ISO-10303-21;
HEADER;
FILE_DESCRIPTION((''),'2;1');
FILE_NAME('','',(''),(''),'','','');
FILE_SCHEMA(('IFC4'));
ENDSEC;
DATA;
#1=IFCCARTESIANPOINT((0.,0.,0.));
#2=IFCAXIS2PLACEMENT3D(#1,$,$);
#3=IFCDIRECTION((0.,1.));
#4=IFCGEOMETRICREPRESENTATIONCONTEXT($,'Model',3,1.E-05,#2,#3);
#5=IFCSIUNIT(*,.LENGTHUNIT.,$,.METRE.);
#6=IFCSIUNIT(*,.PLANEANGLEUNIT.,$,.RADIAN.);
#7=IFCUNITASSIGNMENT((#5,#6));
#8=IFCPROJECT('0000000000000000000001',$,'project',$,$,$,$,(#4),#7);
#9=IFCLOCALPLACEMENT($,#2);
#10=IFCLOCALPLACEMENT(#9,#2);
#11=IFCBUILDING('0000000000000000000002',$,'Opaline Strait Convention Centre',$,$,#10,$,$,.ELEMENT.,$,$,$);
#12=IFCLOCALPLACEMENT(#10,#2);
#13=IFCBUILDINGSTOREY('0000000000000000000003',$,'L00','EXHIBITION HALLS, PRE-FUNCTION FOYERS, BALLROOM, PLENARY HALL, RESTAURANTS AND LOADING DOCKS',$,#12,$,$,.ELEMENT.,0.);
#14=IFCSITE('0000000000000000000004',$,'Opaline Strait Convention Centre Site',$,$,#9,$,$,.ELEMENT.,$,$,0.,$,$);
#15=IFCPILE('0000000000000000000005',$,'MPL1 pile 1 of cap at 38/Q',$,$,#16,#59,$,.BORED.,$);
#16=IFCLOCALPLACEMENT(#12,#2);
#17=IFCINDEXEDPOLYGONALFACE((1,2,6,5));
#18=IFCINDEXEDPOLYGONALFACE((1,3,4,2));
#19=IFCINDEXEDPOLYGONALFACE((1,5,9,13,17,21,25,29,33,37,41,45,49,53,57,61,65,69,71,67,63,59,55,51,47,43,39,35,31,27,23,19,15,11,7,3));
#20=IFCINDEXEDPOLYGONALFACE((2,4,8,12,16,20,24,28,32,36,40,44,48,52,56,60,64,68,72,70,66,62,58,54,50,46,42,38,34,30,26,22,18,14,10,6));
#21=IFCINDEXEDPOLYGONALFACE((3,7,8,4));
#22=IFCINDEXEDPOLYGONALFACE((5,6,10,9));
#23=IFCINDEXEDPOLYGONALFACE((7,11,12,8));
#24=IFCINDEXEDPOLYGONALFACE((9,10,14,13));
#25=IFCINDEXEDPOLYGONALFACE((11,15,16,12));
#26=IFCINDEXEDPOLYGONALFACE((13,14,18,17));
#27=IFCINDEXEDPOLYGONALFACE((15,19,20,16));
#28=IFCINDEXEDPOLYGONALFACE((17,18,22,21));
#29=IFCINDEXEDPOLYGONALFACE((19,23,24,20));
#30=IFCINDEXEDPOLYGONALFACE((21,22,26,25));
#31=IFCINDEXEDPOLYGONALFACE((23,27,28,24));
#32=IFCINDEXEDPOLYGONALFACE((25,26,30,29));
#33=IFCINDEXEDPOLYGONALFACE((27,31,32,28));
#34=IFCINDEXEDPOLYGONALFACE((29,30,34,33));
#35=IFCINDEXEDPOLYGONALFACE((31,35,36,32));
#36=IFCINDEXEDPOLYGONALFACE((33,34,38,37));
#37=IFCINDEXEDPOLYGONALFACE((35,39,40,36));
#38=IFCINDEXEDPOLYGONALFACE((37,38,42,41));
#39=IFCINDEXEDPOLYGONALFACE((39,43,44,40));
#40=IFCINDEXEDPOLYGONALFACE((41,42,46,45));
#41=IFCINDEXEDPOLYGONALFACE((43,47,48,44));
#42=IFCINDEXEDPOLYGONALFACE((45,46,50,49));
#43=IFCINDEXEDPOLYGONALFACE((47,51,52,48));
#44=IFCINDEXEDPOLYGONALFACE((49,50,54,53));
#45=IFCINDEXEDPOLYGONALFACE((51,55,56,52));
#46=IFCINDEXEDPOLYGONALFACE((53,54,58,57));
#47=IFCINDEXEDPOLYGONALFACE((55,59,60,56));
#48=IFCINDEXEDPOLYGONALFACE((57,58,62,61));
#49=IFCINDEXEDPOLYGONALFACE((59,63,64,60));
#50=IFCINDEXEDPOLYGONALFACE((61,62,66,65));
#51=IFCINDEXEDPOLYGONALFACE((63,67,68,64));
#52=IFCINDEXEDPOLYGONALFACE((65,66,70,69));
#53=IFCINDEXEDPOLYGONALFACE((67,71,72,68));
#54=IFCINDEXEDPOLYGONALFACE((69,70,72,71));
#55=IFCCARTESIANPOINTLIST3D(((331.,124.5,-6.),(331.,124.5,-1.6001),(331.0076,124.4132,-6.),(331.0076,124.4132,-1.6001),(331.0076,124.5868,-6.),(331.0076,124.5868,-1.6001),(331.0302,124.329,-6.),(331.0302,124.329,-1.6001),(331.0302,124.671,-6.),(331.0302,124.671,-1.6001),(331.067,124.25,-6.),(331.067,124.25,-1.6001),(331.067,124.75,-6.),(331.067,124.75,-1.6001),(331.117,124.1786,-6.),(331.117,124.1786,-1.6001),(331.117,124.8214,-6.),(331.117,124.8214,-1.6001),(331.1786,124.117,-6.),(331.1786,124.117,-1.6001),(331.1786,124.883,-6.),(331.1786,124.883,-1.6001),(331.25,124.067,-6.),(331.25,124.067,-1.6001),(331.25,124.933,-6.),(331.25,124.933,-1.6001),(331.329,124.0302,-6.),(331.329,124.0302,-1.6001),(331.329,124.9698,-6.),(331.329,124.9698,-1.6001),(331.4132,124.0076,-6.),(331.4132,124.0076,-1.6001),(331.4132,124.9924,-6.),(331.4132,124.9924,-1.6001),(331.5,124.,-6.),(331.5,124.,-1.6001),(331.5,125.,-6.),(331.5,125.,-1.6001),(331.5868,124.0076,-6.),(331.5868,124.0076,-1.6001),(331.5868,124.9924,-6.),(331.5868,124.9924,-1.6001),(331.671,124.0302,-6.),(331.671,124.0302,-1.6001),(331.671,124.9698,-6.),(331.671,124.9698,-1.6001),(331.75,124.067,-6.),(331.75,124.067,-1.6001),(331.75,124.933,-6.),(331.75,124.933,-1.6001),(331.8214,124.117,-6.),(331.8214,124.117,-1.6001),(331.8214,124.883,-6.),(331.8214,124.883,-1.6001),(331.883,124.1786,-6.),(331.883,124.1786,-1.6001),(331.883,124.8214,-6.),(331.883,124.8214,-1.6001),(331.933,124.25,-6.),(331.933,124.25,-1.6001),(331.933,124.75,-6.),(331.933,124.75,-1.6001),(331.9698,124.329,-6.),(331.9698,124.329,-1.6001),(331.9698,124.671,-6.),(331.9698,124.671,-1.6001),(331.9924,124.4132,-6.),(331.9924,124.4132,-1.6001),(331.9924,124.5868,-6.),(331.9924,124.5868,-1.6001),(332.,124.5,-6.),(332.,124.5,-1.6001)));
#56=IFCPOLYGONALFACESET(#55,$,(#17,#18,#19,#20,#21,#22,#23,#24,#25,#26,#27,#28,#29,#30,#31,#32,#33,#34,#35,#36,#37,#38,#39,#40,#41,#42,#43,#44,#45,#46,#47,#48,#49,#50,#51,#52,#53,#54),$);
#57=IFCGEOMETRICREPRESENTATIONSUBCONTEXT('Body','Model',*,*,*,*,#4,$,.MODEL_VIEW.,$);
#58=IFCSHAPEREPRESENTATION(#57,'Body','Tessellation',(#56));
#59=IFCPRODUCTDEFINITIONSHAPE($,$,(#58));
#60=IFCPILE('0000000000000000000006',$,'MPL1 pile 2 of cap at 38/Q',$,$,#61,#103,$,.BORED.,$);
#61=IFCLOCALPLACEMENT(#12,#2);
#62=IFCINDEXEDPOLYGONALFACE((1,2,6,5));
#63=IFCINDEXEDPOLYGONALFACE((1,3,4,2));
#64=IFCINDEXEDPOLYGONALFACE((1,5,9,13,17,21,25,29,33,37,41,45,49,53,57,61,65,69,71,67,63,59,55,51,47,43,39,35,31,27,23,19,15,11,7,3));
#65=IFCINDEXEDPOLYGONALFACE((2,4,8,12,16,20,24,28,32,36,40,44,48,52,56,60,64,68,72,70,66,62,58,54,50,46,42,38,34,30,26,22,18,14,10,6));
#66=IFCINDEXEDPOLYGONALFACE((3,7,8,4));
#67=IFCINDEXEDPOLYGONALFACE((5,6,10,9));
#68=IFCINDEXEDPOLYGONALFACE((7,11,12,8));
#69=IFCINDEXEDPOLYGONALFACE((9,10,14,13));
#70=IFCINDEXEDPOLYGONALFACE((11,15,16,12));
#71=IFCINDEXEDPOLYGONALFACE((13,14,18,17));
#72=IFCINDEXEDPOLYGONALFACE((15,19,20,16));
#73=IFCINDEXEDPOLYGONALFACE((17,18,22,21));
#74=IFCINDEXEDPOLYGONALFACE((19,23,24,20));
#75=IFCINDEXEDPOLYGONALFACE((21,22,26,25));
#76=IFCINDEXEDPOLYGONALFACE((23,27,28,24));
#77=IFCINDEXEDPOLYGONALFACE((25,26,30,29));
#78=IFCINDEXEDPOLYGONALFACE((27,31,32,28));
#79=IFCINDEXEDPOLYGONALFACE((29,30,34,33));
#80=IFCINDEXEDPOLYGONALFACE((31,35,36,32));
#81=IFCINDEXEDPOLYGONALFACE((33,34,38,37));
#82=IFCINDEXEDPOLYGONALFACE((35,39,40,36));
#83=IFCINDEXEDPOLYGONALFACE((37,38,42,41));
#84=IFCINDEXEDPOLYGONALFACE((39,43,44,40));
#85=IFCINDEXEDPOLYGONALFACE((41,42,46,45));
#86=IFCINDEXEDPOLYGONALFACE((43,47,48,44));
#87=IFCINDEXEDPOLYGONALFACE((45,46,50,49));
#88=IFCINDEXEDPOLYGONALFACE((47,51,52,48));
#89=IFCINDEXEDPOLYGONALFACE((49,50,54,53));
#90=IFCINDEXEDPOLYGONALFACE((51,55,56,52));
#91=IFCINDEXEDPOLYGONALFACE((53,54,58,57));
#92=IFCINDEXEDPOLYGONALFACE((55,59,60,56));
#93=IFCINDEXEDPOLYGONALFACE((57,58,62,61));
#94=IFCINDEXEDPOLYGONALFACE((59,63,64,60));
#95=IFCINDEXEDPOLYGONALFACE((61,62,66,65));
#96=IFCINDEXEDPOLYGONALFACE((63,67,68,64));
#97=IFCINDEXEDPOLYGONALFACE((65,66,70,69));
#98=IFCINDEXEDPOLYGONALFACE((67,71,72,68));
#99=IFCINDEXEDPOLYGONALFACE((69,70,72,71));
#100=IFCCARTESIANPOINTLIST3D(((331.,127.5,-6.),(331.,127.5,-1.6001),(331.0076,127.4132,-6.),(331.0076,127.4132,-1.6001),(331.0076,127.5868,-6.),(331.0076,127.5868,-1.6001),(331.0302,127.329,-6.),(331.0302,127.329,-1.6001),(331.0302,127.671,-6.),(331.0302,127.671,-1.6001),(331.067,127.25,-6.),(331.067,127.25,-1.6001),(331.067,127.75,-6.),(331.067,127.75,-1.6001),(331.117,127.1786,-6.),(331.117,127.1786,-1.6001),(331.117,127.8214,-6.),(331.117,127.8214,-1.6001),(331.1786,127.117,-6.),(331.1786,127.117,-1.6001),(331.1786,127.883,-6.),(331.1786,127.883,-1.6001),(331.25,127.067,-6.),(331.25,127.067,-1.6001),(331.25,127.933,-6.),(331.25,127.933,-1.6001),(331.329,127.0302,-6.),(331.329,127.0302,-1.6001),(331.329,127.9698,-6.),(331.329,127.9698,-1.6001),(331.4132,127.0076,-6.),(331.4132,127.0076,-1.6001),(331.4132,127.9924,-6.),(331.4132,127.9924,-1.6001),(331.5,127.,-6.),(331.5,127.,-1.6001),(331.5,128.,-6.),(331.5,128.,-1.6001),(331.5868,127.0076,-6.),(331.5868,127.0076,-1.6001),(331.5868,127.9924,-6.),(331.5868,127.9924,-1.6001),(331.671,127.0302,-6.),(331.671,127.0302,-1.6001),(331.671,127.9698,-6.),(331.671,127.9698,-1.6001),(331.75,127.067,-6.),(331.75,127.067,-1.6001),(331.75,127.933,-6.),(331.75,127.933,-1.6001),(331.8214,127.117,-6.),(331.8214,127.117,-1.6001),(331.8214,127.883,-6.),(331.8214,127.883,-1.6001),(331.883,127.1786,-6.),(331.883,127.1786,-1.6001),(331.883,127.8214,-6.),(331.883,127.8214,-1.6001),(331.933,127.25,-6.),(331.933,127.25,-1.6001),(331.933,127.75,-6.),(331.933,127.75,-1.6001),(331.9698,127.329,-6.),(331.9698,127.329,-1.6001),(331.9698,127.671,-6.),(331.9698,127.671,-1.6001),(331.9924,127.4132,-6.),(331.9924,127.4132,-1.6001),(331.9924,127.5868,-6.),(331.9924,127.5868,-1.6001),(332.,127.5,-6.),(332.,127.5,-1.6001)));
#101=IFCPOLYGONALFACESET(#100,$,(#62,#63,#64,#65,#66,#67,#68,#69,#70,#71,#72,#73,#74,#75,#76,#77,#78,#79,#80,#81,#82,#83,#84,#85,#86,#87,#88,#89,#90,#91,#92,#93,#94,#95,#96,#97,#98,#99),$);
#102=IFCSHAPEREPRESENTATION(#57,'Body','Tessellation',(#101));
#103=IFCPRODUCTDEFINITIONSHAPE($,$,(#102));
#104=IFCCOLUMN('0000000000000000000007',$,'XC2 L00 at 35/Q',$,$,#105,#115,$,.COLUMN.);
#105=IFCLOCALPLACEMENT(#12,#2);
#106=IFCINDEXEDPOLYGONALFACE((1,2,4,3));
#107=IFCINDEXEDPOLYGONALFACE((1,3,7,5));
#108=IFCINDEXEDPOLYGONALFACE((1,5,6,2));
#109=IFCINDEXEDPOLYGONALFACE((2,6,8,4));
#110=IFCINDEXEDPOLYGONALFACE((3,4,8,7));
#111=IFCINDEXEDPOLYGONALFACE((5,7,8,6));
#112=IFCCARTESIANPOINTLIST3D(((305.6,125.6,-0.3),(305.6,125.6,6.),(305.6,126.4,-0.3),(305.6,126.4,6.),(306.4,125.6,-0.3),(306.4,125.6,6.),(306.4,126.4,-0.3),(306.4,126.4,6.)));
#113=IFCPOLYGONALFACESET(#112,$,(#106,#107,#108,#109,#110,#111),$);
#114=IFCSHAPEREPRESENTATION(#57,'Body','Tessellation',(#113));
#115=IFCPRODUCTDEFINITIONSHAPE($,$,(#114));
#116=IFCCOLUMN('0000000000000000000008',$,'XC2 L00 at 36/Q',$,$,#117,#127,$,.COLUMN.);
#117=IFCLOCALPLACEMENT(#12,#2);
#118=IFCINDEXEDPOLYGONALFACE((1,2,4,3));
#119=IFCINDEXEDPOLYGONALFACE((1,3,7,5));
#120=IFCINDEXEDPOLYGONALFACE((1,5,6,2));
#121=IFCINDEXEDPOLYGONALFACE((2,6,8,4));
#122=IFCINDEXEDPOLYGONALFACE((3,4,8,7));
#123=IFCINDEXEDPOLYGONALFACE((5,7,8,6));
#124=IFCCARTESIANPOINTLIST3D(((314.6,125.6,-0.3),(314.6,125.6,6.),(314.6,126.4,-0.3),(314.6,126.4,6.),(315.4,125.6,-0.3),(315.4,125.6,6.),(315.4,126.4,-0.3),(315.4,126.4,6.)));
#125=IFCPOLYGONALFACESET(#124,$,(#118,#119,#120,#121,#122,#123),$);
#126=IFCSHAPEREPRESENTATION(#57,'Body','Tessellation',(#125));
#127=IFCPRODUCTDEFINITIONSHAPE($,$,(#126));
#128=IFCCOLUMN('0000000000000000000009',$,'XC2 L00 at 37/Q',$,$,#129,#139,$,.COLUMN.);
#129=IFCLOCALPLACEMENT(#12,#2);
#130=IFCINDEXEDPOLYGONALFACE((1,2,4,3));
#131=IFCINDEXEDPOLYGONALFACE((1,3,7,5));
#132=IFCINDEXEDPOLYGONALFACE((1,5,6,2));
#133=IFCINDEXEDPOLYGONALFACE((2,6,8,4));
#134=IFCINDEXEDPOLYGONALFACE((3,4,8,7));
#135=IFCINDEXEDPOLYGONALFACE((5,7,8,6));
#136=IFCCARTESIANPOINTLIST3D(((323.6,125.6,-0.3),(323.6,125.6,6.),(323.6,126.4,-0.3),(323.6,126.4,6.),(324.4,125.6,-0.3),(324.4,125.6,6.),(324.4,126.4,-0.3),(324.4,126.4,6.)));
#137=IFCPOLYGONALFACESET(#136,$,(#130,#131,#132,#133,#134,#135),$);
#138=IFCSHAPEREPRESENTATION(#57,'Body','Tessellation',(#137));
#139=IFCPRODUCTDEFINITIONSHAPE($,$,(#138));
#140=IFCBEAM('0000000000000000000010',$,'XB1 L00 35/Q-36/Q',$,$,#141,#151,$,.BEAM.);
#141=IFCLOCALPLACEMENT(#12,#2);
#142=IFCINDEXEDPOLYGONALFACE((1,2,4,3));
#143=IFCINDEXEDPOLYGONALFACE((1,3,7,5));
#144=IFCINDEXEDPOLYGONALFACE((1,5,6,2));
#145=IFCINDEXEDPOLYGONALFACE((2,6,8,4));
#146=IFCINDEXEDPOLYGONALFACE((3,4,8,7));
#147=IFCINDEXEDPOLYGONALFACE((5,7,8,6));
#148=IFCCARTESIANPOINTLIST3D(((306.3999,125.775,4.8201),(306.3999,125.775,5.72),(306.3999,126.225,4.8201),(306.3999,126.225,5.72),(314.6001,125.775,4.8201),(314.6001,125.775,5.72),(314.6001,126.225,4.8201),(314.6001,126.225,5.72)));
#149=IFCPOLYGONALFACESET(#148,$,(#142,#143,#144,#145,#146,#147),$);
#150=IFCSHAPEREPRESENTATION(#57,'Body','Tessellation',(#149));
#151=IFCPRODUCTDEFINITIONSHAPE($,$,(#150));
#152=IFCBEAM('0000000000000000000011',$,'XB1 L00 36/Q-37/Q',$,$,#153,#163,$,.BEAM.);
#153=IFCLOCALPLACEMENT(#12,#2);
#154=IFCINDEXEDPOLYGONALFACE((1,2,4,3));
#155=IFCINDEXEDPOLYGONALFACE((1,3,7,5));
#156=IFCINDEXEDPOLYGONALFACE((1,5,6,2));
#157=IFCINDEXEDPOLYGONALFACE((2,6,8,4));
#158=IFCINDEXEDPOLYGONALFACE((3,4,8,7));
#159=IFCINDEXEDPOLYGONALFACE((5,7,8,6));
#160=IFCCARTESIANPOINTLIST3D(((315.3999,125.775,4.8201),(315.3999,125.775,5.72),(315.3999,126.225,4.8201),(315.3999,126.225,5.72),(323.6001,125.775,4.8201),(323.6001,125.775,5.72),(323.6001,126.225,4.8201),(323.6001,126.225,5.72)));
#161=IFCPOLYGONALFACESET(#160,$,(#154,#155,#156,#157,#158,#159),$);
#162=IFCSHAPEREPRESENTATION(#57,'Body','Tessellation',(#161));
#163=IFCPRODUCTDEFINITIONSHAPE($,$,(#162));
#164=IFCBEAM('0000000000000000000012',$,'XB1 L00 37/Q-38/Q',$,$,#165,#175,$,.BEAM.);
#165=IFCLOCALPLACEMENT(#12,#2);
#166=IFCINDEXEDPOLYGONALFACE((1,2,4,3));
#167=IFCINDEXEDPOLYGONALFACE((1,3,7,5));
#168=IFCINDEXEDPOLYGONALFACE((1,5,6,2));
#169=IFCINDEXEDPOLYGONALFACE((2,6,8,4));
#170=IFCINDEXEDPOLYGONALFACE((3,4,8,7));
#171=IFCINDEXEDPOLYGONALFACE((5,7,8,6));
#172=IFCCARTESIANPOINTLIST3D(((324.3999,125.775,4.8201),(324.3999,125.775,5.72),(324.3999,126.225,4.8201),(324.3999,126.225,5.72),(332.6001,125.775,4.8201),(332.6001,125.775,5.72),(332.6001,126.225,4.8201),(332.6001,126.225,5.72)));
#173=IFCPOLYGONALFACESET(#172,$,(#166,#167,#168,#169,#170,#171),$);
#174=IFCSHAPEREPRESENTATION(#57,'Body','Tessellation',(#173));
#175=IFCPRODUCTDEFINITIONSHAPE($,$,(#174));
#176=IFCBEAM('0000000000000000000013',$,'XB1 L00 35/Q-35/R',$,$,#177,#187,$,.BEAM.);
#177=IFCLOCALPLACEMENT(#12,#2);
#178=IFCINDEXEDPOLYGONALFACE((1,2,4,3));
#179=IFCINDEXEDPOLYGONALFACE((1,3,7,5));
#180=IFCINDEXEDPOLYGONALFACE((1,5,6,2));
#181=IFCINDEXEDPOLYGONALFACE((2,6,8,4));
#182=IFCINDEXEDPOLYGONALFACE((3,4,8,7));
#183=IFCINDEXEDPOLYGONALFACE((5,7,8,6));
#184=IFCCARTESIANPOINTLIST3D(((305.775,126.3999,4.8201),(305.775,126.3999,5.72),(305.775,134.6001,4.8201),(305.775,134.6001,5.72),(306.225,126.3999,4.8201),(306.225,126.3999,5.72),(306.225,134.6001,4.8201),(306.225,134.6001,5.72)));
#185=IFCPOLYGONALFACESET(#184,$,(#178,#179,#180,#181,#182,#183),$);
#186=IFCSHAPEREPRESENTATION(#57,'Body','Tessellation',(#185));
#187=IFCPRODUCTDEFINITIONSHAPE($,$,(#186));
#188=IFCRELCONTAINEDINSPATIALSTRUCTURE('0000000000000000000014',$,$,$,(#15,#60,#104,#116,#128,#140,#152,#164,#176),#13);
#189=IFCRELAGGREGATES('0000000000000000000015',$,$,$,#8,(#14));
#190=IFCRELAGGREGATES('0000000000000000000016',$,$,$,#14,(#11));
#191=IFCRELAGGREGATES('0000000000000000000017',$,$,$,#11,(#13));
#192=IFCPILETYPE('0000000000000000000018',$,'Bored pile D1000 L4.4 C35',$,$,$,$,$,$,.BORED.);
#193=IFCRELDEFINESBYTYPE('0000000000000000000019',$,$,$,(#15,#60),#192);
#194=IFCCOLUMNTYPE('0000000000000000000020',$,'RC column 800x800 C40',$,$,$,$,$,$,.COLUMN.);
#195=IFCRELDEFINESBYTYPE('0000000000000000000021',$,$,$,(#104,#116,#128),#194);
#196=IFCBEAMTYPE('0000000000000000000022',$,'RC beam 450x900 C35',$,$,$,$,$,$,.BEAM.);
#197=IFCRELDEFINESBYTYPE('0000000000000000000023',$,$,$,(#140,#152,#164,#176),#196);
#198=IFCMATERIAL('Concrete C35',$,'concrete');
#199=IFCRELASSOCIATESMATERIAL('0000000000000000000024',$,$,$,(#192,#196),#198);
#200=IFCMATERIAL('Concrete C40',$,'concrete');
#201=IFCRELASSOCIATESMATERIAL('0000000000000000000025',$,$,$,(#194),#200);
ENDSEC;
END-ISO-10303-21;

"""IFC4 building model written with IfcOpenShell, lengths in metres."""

from ifc_helpers import new_model, si_unit, direction, frame, origin, origin_2d, place, context, subcontext, project, spatial, rectangle, circle, extrude, material, material_profile, profile_set, type_object, element, save


model = new_model("IFC4")

# Units and contexts
model_context = context("Model", 3, precision=1e-05, world=origin(), true_north=direction((0.0, 1.0)))
body_context = subcontext(model_context, "Body", "Model", "MODEL_VIEW")
ifc_project = project(units=[si_unit("LENGTHUNIT", "METRE"), si_unit("PLANEANGLEUNIT", "RADIAN")], contexts=[model_context])

# Site, building, storey
site_placement = place(None, origin())
site = spatial("IfcSite", under=ifc_project, at=site_placement, Name="Opaline Strait Convention Centre Site", CompositionType="ELEMENT", RefElevation=0.0)
building_placement = place(site_placement, origin())
building = spatial("IfcBuilding", under=site, at=building_placement, Name="Opaline Strait Convention Centre", CompositionType="ELEMENT")
storey_placement = place(building_placement, origin())
storey = spatial("IfcBuildingStorey", under=building, at=storey_placement, Name="L00", Description="EXHIBITION HALLS, PRE-FUNCTION FOYERS, BALLROOM, PLENARY HALL, RESTAURANTS AND LOADING DOCKS", CompositionType="ELEMENT", Elevation=0.0)

# Piles
ifc_material_1 = material(Name="Concrete C35", Category="concrete")
ifc_material_profile_1 = material_profile(ifc_material_1, circle(Radius=0.5, at=origin_2d()), Name="D1000")
ifc_profile_set_1 = profile_set([ifc_material_profile_1], Name="Concrete C35")
pile_type = type_object("IfcPileType", Name="Bored pile D1000 L4.4 C35", PredefinedType="BORED", material=ifc_profile_set_1)
for number, where, z_axis, x_axis, name in (
    (1, (331.5, 124.5, -1.6001), (0.0, 0.0, -1.0), (1.0, 0.0, 0.0), "MPL1 pile 1 of cap at 38/Q"),
    (2, (331.5, 127.5, -1.6001), (0.0, 0.0, -1.0), (1.0, 0.0, 0.0), "MPL1 pile 2 of cap at 38/Q"),
):
    element("IfcPile", number, at=place(storey_placement, frame(where, z_axis=z_axis, x_axis=x_axis)), inside=storey, type_object=pile_type, Name=name, PredefinedType="BORED", context=body_context, shape_type="SweptSolid", body=[
        extrude(circle(Radius=0.5, at=origin_2d()), origin(), (0.0, 0.0, 1.0), 4.3999),
    ])

# Columns
ifc_material_2 = material(Name="Concrete C40", Category="concrete")
ifc_material_profile_2 = material_profile(ifc_material_2, rectangle(XDim=0.8, YDim=0.8, at=origin_2d()), Name="RC 800x800")
ifc_profile_set_2 = profile_set([ifc_material_profile_2], Name="Concrete C40")
column_type = type_object("IfcColumnType", Name="RC column 800x800 C40", PredefinedType="COLUMN", material=ifc_profile_set_2)
for number, where, z_axis, x_axis, name in (
    (3, (306.0, 126.0, -0.3), (0.0, 0.0, 1.0), (1.0, 0.0, 0.0), "XC2 L00 at 35/Q"),
    (4, (315.0, 126.0, -0.3), (0.0, 0.0, 1.0), (1.0, 0.0, 0.0), "XC2 L00 at 36/Q"),
    (5, (324.0, 126.0, -0.3), (0.0, 0.0, 1.0), (1.0, 0.0, 0.0), "XC2 L00 at 37/Q"),
):
    element("IfcColumn", number, at=place(storey_placement, frame(where, z_axis=z_axis, x_axis=x_axis)), inside=storey, type_object=column_type, Name=name, PredefinedType="COLUMN", context=body_context, shape_type="SweptSolid", body=[
        extrude(rectangle(XDim=0.8, YDim=0.8, at=origin_2d()), origin(), (0.0, 0.0, 1.0), 6.3),
    ])

# Beams
ifc_material_profile_3 = material_profile(ifc_material_1, rectangle(XDim=0.45, YDim=0.8999, at=origin_2d()), Name="RC 450x900")
ifc_profile_set_3 = profile_set([ifc_material_profile_3], Name="Concrete C35")
beam_type = type_object("IfcBeamType", Name="RC beam 450x900 C35", PredefinedType="BEAM", material=ifc_profile_set_3)
for number, where, z_axis, x_axis, name in (
    (6, (306.3999, 126.0, 5.27), (1.0, 0.0, 0.0), (0.0, 1.0, 0.0), "XB1 L00 35/Q-36/Q"),
    (7, (315.3999, 126.0, 5.27), (1.0, 0.0, 0.0), (0.0, 1.0, 0.0), "XB1 L00 36/Q-37/Q"),
    (8, (324.3999, 126.0, 5.27), (1.0, 0.0, 0.0), (0.0, 1.0, 0.0), "XB1 L00 37/Q-38/Q"),
    (9, (306.0, 126.3999, 5.27), (0.0, 1.0, 0.0), (-1.0, 0.0, 0.0), "XB1 L00 35/Q-35/R"),
):
    element("IfcBeam", number, at=place(storey_placement, frame(where, z_axis=z_axis, x_axis=x_axis)), inside=storey, type_object=beam_type, Name=name, PredefinedType="BEAM", context=body_context, shape_type="SweptSolid", body=[
        extrude(rectangle(XDim=0.45, YDim=0.8999, at=origin_2d()), origin(), (0.0, 0.0, 1.0), 8.2002),
    ])

save(model, "model.ifc")
